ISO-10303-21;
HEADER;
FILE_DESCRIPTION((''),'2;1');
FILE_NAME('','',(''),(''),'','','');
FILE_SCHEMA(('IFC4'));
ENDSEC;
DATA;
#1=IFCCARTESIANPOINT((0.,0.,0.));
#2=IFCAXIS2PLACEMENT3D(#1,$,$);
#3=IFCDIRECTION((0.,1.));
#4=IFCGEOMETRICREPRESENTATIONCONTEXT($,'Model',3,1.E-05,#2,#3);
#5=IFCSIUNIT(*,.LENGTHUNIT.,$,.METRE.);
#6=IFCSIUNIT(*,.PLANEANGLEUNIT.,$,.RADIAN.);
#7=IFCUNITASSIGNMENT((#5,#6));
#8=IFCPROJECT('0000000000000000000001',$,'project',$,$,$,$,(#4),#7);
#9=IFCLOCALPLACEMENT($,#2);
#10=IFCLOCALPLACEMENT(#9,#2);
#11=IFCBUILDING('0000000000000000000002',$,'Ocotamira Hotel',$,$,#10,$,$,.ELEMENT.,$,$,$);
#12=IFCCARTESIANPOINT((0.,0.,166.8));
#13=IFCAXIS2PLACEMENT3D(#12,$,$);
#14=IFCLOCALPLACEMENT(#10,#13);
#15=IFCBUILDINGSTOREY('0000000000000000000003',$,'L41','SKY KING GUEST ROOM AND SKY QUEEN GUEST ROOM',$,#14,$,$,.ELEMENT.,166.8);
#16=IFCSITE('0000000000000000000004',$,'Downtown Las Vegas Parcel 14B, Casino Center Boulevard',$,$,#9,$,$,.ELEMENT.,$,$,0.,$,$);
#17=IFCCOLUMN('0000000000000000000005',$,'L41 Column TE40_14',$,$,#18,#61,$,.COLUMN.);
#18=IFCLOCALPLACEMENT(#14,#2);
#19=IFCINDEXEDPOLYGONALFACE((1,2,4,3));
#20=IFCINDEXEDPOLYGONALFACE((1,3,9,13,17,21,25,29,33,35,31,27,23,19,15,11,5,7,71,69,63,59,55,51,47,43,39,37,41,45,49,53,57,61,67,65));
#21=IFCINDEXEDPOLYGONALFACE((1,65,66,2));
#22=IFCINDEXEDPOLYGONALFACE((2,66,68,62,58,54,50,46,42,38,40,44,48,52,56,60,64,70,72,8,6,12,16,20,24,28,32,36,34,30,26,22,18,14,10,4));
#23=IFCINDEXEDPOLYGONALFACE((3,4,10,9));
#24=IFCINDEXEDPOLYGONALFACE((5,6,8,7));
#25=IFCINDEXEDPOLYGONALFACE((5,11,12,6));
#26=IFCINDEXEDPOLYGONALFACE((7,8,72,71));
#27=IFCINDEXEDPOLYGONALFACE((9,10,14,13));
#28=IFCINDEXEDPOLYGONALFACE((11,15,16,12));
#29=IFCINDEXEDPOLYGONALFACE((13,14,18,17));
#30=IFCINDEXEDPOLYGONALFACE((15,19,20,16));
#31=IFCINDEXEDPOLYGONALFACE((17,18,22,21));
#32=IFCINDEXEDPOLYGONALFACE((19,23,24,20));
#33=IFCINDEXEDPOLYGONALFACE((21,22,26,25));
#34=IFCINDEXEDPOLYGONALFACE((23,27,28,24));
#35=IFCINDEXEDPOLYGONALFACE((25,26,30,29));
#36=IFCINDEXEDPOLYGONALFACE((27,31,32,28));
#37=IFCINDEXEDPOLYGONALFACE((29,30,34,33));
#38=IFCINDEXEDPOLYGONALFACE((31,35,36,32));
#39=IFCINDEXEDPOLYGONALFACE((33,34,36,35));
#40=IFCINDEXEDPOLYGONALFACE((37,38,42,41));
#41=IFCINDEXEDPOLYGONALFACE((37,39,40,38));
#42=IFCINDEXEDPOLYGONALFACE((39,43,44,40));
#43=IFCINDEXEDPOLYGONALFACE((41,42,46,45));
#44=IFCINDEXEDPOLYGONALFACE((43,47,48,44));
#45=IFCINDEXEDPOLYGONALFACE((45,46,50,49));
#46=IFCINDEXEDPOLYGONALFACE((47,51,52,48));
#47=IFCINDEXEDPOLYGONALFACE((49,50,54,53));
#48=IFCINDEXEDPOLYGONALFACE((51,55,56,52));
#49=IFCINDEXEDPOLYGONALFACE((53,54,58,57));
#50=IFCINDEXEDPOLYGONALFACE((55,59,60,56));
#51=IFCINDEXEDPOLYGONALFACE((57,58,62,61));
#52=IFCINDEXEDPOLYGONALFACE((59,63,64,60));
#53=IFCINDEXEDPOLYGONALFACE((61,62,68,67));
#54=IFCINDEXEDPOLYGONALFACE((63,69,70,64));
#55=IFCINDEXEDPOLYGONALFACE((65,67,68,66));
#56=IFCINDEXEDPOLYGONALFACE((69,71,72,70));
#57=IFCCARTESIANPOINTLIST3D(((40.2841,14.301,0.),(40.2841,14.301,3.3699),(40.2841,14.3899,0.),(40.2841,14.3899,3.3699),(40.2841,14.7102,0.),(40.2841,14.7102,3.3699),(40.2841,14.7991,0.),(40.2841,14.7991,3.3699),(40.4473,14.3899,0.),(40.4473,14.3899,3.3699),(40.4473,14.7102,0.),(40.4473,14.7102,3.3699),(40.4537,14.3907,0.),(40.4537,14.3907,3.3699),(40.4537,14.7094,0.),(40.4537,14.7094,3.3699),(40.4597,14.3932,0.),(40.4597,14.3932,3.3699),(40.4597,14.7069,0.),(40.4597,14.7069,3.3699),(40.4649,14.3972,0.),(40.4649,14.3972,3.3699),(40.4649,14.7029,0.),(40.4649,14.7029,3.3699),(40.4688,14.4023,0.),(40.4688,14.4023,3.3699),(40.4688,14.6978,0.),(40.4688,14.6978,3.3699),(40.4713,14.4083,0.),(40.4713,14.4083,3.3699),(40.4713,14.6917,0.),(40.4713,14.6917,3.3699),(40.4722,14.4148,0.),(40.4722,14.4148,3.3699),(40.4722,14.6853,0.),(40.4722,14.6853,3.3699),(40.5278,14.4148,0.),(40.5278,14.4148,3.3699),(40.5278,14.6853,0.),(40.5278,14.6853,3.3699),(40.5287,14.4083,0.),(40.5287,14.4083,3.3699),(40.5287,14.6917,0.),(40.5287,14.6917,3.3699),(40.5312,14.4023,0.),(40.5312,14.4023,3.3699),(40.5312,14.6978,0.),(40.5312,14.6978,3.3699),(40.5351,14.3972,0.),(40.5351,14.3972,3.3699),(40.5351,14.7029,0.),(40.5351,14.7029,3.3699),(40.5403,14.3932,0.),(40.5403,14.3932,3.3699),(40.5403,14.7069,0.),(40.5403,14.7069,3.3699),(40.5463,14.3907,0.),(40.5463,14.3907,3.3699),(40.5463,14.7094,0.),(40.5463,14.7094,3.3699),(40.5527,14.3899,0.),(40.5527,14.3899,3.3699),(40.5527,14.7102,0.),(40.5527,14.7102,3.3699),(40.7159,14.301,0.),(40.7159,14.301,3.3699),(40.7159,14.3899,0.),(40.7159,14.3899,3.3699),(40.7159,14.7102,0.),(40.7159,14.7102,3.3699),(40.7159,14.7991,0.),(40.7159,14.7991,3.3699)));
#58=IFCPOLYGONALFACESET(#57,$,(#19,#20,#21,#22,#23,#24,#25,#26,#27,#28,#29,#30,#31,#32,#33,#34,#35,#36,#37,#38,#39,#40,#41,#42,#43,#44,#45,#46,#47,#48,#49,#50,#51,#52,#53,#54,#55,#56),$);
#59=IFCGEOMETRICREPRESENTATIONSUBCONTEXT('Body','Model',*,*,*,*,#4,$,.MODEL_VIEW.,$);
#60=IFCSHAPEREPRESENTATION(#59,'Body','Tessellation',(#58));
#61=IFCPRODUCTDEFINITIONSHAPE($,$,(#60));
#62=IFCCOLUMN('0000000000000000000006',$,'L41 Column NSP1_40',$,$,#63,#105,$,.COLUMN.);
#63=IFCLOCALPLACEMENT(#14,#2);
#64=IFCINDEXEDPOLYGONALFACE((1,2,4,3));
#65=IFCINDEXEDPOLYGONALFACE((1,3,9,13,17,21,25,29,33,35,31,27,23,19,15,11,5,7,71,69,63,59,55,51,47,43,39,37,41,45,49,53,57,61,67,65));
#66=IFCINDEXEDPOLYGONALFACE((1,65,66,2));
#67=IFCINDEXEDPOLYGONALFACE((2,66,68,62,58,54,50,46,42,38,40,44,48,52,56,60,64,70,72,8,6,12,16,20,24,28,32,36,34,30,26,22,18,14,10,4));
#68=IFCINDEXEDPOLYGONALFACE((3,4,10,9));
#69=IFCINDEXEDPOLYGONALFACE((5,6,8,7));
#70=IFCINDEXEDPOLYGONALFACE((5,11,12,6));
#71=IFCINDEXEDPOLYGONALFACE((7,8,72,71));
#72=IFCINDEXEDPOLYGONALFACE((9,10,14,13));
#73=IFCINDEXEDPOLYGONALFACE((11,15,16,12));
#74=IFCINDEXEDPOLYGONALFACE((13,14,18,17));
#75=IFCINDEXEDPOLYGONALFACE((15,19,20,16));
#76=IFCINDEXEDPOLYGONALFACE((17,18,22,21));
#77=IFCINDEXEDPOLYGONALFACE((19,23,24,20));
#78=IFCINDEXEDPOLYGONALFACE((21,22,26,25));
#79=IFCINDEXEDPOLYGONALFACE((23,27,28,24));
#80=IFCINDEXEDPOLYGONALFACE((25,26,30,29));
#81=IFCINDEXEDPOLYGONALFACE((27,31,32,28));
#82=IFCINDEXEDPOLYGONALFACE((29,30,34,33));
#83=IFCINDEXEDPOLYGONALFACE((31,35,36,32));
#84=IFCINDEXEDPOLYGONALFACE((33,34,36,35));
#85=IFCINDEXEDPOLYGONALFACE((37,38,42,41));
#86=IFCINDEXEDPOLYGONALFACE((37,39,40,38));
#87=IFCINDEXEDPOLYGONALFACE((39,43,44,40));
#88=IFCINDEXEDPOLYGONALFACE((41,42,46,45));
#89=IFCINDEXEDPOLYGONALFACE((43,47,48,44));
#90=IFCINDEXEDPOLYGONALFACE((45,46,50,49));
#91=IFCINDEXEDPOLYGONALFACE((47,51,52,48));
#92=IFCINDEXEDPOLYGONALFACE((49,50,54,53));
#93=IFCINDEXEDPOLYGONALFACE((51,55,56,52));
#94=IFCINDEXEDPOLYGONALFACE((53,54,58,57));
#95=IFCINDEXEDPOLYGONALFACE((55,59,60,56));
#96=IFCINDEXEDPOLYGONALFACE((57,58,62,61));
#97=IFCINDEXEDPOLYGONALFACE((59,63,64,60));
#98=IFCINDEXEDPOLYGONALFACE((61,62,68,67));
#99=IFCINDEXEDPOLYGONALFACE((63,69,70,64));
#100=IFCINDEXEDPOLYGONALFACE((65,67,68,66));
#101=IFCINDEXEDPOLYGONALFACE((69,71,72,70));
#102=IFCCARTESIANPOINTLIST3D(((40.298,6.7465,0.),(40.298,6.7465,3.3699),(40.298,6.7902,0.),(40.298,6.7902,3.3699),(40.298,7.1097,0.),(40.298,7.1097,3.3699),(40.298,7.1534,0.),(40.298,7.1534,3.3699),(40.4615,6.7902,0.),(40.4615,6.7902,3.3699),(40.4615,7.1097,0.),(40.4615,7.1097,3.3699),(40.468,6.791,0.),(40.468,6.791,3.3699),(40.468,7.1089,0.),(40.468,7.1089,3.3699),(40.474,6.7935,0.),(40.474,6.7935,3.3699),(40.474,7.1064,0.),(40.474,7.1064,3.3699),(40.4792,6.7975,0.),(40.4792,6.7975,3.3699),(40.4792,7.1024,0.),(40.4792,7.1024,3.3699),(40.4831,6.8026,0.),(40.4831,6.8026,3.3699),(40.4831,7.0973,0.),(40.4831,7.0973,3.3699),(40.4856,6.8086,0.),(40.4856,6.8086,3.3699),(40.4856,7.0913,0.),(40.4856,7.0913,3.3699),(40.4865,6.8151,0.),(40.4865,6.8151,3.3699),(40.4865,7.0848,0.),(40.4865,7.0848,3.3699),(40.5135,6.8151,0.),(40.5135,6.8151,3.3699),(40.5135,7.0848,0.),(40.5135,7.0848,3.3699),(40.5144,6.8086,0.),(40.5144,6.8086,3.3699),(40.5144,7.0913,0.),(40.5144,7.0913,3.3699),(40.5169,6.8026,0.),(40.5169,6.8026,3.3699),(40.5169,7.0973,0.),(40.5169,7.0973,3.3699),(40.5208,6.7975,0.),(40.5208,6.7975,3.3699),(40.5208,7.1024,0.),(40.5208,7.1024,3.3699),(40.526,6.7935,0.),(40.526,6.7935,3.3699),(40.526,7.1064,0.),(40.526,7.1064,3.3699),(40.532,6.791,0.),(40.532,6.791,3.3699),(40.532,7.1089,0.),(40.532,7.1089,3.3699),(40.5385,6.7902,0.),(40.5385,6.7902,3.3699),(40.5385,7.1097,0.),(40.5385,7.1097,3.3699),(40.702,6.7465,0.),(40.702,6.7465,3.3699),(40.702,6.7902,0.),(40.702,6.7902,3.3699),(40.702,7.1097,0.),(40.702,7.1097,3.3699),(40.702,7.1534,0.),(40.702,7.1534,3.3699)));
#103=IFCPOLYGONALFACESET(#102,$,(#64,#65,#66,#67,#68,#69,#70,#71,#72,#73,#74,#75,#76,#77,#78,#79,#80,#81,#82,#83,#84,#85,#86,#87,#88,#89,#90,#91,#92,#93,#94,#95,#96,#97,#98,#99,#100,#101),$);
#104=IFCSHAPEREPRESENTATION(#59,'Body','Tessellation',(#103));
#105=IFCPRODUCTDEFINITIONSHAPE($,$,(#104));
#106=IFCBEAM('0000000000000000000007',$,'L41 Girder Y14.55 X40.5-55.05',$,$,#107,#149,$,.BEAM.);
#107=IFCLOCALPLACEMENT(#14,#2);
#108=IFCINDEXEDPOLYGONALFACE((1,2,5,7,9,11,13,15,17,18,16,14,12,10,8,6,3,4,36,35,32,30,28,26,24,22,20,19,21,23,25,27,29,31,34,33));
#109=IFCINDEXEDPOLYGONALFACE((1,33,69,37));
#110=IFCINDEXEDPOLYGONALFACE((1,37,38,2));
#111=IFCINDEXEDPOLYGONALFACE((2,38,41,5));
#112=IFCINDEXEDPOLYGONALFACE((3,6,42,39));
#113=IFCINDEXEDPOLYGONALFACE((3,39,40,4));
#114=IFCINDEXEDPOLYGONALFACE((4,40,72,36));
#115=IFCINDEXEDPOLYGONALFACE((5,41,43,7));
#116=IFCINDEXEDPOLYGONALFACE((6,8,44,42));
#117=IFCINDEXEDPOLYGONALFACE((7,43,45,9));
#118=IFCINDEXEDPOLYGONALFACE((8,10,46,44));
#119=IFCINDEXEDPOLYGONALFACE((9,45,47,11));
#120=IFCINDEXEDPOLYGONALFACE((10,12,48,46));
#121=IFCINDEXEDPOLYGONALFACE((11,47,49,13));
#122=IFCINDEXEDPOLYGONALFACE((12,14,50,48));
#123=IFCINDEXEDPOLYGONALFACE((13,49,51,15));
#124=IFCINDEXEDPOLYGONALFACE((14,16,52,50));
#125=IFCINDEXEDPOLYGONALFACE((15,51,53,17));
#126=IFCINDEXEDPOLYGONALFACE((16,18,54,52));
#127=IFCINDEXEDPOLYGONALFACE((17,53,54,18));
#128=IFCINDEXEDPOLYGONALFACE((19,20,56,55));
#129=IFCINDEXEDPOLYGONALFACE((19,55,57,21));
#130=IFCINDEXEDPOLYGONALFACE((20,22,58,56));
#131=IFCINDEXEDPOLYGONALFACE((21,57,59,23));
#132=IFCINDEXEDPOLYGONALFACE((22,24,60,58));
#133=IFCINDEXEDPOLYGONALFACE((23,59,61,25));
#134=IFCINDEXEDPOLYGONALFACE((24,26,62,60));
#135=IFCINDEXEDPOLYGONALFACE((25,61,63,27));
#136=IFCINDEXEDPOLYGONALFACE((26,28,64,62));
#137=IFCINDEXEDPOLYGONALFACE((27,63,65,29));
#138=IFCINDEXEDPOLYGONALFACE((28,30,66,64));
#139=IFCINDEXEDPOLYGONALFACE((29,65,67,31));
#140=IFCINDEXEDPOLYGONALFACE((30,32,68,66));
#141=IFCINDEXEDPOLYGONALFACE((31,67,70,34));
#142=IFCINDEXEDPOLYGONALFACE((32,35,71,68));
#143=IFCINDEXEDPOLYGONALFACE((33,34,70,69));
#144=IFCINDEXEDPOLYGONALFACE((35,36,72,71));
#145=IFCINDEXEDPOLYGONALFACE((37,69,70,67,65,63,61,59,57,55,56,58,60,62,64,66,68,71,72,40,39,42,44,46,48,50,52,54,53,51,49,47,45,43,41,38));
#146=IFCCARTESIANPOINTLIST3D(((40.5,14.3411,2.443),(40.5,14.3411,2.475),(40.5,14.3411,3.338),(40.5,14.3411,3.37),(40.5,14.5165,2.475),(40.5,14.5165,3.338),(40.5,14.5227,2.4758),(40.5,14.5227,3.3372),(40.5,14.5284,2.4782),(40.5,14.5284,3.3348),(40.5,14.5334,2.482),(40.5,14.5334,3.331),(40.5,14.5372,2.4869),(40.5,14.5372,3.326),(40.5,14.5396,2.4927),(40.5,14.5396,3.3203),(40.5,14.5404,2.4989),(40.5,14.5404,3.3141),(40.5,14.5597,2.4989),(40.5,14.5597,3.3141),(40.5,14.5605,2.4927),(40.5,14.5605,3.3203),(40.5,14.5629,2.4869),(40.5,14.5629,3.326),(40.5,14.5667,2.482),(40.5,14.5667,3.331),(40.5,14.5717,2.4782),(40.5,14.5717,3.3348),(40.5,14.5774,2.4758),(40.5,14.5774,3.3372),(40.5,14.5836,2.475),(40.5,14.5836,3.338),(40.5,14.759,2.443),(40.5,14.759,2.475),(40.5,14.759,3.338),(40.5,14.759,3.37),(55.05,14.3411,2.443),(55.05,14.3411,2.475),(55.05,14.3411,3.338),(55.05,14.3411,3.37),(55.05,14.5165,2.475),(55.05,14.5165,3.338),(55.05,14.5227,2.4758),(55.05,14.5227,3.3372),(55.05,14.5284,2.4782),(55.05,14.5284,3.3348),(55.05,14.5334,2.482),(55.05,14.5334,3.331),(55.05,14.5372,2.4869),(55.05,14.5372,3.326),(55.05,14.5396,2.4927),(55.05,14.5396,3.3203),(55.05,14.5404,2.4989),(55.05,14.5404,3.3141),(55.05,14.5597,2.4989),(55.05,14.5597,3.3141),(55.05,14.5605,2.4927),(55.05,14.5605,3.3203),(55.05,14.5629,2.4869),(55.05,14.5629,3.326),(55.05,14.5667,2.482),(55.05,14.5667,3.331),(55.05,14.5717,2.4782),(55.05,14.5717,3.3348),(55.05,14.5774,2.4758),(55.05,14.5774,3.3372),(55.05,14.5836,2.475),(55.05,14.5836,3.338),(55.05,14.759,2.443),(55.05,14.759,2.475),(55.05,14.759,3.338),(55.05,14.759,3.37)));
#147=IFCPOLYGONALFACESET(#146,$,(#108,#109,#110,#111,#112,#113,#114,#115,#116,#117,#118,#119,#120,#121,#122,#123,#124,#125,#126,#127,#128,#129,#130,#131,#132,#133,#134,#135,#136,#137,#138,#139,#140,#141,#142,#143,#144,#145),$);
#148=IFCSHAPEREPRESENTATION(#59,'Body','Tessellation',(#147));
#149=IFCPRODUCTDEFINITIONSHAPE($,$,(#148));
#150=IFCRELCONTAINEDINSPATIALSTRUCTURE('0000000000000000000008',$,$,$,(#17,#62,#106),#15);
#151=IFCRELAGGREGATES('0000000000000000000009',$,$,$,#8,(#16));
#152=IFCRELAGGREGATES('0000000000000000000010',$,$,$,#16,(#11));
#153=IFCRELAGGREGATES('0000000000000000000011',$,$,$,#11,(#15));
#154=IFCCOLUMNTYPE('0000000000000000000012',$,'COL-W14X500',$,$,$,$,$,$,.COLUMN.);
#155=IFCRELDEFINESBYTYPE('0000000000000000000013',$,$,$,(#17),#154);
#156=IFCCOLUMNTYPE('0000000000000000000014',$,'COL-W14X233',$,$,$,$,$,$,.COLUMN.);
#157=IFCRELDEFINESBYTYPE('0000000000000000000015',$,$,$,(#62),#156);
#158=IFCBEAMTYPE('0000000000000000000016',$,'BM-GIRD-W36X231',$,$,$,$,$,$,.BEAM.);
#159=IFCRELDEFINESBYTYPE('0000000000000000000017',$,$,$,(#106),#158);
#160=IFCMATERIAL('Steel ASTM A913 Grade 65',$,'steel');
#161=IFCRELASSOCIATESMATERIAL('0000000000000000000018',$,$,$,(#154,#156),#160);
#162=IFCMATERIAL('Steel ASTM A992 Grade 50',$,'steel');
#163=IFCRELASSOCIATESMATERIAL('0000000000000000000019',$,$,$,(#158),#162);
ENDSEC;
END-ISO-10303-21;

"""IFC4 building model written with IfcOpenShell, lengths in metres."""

from ifc_helpers import new_model, si_unit, direction, frame, origin, origin_2d, place, context, subcontext, project, spatial, i_section, extrude, source, transform, mapped, material, material_profile, profile_set, type_object, element, save


model = new_model("IFC4")

# Units and contexts
model_context = context("Model", 3, precision=1e-05, world=origin(), true_north=direction((0.0, 1.0)))
body_context = subcontext(model_context, "Body", "Model", "MODEL_VIEW")
ifc_project = project(units=[si_unit("LENGTHUNIT", "METRE"), si_unit("PLANEANGLEUNIT", "RADIAN")], contexts=[model_context])

# Site, building, storey
site_placement = place(None, origin())
site = spatial("IfcSite", under=ifc_project, at=site_placement, Name="Downtown Las Vegas Parcel 14B, Casino Center Boulevard", CompositionType="ELEMENT", RefElevation=0.0)
building_placement = place(site_placement, origin())
building = spatial("IfcBuilding", under=site, at=building_placement, Name="Ocotamira Hotel", CompositionType="ELEMENT")
storey_placement = place(building_placement, frame((0.0, 0.0, 166.8)))
storey = spatial("IfcBuildingStorey", under=building, at=storey_placement, Name="L41", Description="SKY KING GUEST ROOM AND SKY QUEEN GUEST ROOM", CompositionType="ELEMENT", Elevation=166.8)

# Columns
ifc_material_1 = material(Name="Steel ASTM A913 Grade 65", Category="steel")
ifc_material_profile_1 = material_profile(ifc_material_1, i_section(OverallWidth=0.4319, OverallDepth=0.498, WebThickness=0.0557, FlangeThickness=0.0889, FilletRadius=0.0249, at=origin_2d()), Name="W14X500")
ifc_profile_set_1 = profile_set([ifc_material_profile_1], Name="Steel ASTM A913 Grade 65")
column_type_1 = type_object("IfcColumnType", Name="COL-W14X500", PredefinedType="COLUMN", material=ifc_profile_set_1)
shared_shape_1 = source(origin(), body_context, "Body", "SweptSolid", [
    extrude(i_section(OverallWidth=0.4319, OverallDepth=0.498, WebThickness=0.0557, FlangeThickness=0.0889, FilletRadius=0.0249, at=origin_2d()), origin(), (0.0, 0.0, 1.0), 3.3699),
])
column_1_placement = place(storey_placement, frame((40.5, 14.55, 0.0), z_axis=(0.0, 0.0, 1.0), x_axis=(1.0, 0.0, 0.0)))
element("IfcColumn", 1, at=column_1_placement, inside=storey, type_object=column_type_1, Name="L41 Column TE40_14", PredefinedType="COLUMN", context=body_context, shape_type="MappedRepresentation", body=[
    mapped(shared_shape_1, transform((0.0, 0.0, 0.0), scale=1.0)),
])
ifc_material_profile_2 = material_profile(ifc_material_1, i_section(OverallWidth=0.4041, OverallDepth=0.407, WebThickness=0.0271, FlangeThickness=0.0437, FilletRadius=0.0249, at=origin_2d()), Name="W14X233")
ifc_profile_set_2 = profile_set([ifc_material_profile_2], Name="Steel ASTM A913 Grade 65")
column_type_2 = type_object("IfcColumnType", Name="COL-W14X233", PredefinedType="COLUMN", material=ifc_profile_set_2)
shared_shape_2 = source(origin(), body_context, "Body", "SweptSolid", [
    extrude(i_section(OverallWidth=0.4041, OverallDepth=0.407, WebThickness=0.0271, FlangeThickness=0.0437, FilletRadius=0.0249, at=origin_2d()), origin(), (0.0, 0.0, 1.0), 3.3699),
])
column_2_placement = place(storey_placement, frame((40.5, 6.95, 0.0), z_axis=(0.0, 0.0, 1.0), x_axis=(1.0, 0.0, 0.0)))
element("IfcColumn", 2, at=column_2_placement, inside=storey, type_object=column_type_2, Name="L41 Column NSP1_40", PredefinedType="COLUMN", context=body_context, shape_type="MappedRepresentation", body=[
    mapped(shared_shape_2, transform((0.0, 0.0, 0.0), scale=1.0)),
])

# Beam
ifc_material_2 = material(Name="Steel ASTM A992 Grade 50", Category="steel")
ifc_material_profile_3 = material_profile(ifc_material_2, i_section(OverallWidth=0.418, OverallDepth=0.927, WebThickness=0.0193, FlangeThickness=0.032, FilletRadius=0.0239, at=origin_2d()), Name="W36X231")
ifc_profile_set_3 = profile_set([ifc_material_profile_3], Name="Steel ASTM A992 Grade 50")
beam_type_1 = type_object("IfcBeamType", Name="BM-GIRD-W36X231", PredefinedType="BEAM", material=ifc_profile_set_3)
shared_shape_3 = source(origin(), body_context, "Body", "SweptSolid", [
    extrude(i_section(OverallWidth=0.418, OverallDepth=0.927, WebThickness=0.0193, FlangeThickness=0.032, FilletRadius=0.0239, at=origin_2d()), origin(), (0.0, 0.0, 1.0), 14.55),
])
beam_1_placement = place(storey_placement, frame((40.5, 14.55, 2.9065), z_axis=(1.0, 0.0, 0.0), x_axis=(0.0, 1.0, 0.0)))
element("IfcBeam", 3, at=beam_1_placement, inside=storey, type_object=beam_type_1, Name="L41 Girder Y14.55 X40.5-55.05", PredefinedType="BEAM", context=body_context, shape_type="MappedRepresentation", body=[
    mapped(shared_shape_3, transform((0.0, 0.0, 0.0), scale=1.0)),
])

save(model, "model.ifc")
